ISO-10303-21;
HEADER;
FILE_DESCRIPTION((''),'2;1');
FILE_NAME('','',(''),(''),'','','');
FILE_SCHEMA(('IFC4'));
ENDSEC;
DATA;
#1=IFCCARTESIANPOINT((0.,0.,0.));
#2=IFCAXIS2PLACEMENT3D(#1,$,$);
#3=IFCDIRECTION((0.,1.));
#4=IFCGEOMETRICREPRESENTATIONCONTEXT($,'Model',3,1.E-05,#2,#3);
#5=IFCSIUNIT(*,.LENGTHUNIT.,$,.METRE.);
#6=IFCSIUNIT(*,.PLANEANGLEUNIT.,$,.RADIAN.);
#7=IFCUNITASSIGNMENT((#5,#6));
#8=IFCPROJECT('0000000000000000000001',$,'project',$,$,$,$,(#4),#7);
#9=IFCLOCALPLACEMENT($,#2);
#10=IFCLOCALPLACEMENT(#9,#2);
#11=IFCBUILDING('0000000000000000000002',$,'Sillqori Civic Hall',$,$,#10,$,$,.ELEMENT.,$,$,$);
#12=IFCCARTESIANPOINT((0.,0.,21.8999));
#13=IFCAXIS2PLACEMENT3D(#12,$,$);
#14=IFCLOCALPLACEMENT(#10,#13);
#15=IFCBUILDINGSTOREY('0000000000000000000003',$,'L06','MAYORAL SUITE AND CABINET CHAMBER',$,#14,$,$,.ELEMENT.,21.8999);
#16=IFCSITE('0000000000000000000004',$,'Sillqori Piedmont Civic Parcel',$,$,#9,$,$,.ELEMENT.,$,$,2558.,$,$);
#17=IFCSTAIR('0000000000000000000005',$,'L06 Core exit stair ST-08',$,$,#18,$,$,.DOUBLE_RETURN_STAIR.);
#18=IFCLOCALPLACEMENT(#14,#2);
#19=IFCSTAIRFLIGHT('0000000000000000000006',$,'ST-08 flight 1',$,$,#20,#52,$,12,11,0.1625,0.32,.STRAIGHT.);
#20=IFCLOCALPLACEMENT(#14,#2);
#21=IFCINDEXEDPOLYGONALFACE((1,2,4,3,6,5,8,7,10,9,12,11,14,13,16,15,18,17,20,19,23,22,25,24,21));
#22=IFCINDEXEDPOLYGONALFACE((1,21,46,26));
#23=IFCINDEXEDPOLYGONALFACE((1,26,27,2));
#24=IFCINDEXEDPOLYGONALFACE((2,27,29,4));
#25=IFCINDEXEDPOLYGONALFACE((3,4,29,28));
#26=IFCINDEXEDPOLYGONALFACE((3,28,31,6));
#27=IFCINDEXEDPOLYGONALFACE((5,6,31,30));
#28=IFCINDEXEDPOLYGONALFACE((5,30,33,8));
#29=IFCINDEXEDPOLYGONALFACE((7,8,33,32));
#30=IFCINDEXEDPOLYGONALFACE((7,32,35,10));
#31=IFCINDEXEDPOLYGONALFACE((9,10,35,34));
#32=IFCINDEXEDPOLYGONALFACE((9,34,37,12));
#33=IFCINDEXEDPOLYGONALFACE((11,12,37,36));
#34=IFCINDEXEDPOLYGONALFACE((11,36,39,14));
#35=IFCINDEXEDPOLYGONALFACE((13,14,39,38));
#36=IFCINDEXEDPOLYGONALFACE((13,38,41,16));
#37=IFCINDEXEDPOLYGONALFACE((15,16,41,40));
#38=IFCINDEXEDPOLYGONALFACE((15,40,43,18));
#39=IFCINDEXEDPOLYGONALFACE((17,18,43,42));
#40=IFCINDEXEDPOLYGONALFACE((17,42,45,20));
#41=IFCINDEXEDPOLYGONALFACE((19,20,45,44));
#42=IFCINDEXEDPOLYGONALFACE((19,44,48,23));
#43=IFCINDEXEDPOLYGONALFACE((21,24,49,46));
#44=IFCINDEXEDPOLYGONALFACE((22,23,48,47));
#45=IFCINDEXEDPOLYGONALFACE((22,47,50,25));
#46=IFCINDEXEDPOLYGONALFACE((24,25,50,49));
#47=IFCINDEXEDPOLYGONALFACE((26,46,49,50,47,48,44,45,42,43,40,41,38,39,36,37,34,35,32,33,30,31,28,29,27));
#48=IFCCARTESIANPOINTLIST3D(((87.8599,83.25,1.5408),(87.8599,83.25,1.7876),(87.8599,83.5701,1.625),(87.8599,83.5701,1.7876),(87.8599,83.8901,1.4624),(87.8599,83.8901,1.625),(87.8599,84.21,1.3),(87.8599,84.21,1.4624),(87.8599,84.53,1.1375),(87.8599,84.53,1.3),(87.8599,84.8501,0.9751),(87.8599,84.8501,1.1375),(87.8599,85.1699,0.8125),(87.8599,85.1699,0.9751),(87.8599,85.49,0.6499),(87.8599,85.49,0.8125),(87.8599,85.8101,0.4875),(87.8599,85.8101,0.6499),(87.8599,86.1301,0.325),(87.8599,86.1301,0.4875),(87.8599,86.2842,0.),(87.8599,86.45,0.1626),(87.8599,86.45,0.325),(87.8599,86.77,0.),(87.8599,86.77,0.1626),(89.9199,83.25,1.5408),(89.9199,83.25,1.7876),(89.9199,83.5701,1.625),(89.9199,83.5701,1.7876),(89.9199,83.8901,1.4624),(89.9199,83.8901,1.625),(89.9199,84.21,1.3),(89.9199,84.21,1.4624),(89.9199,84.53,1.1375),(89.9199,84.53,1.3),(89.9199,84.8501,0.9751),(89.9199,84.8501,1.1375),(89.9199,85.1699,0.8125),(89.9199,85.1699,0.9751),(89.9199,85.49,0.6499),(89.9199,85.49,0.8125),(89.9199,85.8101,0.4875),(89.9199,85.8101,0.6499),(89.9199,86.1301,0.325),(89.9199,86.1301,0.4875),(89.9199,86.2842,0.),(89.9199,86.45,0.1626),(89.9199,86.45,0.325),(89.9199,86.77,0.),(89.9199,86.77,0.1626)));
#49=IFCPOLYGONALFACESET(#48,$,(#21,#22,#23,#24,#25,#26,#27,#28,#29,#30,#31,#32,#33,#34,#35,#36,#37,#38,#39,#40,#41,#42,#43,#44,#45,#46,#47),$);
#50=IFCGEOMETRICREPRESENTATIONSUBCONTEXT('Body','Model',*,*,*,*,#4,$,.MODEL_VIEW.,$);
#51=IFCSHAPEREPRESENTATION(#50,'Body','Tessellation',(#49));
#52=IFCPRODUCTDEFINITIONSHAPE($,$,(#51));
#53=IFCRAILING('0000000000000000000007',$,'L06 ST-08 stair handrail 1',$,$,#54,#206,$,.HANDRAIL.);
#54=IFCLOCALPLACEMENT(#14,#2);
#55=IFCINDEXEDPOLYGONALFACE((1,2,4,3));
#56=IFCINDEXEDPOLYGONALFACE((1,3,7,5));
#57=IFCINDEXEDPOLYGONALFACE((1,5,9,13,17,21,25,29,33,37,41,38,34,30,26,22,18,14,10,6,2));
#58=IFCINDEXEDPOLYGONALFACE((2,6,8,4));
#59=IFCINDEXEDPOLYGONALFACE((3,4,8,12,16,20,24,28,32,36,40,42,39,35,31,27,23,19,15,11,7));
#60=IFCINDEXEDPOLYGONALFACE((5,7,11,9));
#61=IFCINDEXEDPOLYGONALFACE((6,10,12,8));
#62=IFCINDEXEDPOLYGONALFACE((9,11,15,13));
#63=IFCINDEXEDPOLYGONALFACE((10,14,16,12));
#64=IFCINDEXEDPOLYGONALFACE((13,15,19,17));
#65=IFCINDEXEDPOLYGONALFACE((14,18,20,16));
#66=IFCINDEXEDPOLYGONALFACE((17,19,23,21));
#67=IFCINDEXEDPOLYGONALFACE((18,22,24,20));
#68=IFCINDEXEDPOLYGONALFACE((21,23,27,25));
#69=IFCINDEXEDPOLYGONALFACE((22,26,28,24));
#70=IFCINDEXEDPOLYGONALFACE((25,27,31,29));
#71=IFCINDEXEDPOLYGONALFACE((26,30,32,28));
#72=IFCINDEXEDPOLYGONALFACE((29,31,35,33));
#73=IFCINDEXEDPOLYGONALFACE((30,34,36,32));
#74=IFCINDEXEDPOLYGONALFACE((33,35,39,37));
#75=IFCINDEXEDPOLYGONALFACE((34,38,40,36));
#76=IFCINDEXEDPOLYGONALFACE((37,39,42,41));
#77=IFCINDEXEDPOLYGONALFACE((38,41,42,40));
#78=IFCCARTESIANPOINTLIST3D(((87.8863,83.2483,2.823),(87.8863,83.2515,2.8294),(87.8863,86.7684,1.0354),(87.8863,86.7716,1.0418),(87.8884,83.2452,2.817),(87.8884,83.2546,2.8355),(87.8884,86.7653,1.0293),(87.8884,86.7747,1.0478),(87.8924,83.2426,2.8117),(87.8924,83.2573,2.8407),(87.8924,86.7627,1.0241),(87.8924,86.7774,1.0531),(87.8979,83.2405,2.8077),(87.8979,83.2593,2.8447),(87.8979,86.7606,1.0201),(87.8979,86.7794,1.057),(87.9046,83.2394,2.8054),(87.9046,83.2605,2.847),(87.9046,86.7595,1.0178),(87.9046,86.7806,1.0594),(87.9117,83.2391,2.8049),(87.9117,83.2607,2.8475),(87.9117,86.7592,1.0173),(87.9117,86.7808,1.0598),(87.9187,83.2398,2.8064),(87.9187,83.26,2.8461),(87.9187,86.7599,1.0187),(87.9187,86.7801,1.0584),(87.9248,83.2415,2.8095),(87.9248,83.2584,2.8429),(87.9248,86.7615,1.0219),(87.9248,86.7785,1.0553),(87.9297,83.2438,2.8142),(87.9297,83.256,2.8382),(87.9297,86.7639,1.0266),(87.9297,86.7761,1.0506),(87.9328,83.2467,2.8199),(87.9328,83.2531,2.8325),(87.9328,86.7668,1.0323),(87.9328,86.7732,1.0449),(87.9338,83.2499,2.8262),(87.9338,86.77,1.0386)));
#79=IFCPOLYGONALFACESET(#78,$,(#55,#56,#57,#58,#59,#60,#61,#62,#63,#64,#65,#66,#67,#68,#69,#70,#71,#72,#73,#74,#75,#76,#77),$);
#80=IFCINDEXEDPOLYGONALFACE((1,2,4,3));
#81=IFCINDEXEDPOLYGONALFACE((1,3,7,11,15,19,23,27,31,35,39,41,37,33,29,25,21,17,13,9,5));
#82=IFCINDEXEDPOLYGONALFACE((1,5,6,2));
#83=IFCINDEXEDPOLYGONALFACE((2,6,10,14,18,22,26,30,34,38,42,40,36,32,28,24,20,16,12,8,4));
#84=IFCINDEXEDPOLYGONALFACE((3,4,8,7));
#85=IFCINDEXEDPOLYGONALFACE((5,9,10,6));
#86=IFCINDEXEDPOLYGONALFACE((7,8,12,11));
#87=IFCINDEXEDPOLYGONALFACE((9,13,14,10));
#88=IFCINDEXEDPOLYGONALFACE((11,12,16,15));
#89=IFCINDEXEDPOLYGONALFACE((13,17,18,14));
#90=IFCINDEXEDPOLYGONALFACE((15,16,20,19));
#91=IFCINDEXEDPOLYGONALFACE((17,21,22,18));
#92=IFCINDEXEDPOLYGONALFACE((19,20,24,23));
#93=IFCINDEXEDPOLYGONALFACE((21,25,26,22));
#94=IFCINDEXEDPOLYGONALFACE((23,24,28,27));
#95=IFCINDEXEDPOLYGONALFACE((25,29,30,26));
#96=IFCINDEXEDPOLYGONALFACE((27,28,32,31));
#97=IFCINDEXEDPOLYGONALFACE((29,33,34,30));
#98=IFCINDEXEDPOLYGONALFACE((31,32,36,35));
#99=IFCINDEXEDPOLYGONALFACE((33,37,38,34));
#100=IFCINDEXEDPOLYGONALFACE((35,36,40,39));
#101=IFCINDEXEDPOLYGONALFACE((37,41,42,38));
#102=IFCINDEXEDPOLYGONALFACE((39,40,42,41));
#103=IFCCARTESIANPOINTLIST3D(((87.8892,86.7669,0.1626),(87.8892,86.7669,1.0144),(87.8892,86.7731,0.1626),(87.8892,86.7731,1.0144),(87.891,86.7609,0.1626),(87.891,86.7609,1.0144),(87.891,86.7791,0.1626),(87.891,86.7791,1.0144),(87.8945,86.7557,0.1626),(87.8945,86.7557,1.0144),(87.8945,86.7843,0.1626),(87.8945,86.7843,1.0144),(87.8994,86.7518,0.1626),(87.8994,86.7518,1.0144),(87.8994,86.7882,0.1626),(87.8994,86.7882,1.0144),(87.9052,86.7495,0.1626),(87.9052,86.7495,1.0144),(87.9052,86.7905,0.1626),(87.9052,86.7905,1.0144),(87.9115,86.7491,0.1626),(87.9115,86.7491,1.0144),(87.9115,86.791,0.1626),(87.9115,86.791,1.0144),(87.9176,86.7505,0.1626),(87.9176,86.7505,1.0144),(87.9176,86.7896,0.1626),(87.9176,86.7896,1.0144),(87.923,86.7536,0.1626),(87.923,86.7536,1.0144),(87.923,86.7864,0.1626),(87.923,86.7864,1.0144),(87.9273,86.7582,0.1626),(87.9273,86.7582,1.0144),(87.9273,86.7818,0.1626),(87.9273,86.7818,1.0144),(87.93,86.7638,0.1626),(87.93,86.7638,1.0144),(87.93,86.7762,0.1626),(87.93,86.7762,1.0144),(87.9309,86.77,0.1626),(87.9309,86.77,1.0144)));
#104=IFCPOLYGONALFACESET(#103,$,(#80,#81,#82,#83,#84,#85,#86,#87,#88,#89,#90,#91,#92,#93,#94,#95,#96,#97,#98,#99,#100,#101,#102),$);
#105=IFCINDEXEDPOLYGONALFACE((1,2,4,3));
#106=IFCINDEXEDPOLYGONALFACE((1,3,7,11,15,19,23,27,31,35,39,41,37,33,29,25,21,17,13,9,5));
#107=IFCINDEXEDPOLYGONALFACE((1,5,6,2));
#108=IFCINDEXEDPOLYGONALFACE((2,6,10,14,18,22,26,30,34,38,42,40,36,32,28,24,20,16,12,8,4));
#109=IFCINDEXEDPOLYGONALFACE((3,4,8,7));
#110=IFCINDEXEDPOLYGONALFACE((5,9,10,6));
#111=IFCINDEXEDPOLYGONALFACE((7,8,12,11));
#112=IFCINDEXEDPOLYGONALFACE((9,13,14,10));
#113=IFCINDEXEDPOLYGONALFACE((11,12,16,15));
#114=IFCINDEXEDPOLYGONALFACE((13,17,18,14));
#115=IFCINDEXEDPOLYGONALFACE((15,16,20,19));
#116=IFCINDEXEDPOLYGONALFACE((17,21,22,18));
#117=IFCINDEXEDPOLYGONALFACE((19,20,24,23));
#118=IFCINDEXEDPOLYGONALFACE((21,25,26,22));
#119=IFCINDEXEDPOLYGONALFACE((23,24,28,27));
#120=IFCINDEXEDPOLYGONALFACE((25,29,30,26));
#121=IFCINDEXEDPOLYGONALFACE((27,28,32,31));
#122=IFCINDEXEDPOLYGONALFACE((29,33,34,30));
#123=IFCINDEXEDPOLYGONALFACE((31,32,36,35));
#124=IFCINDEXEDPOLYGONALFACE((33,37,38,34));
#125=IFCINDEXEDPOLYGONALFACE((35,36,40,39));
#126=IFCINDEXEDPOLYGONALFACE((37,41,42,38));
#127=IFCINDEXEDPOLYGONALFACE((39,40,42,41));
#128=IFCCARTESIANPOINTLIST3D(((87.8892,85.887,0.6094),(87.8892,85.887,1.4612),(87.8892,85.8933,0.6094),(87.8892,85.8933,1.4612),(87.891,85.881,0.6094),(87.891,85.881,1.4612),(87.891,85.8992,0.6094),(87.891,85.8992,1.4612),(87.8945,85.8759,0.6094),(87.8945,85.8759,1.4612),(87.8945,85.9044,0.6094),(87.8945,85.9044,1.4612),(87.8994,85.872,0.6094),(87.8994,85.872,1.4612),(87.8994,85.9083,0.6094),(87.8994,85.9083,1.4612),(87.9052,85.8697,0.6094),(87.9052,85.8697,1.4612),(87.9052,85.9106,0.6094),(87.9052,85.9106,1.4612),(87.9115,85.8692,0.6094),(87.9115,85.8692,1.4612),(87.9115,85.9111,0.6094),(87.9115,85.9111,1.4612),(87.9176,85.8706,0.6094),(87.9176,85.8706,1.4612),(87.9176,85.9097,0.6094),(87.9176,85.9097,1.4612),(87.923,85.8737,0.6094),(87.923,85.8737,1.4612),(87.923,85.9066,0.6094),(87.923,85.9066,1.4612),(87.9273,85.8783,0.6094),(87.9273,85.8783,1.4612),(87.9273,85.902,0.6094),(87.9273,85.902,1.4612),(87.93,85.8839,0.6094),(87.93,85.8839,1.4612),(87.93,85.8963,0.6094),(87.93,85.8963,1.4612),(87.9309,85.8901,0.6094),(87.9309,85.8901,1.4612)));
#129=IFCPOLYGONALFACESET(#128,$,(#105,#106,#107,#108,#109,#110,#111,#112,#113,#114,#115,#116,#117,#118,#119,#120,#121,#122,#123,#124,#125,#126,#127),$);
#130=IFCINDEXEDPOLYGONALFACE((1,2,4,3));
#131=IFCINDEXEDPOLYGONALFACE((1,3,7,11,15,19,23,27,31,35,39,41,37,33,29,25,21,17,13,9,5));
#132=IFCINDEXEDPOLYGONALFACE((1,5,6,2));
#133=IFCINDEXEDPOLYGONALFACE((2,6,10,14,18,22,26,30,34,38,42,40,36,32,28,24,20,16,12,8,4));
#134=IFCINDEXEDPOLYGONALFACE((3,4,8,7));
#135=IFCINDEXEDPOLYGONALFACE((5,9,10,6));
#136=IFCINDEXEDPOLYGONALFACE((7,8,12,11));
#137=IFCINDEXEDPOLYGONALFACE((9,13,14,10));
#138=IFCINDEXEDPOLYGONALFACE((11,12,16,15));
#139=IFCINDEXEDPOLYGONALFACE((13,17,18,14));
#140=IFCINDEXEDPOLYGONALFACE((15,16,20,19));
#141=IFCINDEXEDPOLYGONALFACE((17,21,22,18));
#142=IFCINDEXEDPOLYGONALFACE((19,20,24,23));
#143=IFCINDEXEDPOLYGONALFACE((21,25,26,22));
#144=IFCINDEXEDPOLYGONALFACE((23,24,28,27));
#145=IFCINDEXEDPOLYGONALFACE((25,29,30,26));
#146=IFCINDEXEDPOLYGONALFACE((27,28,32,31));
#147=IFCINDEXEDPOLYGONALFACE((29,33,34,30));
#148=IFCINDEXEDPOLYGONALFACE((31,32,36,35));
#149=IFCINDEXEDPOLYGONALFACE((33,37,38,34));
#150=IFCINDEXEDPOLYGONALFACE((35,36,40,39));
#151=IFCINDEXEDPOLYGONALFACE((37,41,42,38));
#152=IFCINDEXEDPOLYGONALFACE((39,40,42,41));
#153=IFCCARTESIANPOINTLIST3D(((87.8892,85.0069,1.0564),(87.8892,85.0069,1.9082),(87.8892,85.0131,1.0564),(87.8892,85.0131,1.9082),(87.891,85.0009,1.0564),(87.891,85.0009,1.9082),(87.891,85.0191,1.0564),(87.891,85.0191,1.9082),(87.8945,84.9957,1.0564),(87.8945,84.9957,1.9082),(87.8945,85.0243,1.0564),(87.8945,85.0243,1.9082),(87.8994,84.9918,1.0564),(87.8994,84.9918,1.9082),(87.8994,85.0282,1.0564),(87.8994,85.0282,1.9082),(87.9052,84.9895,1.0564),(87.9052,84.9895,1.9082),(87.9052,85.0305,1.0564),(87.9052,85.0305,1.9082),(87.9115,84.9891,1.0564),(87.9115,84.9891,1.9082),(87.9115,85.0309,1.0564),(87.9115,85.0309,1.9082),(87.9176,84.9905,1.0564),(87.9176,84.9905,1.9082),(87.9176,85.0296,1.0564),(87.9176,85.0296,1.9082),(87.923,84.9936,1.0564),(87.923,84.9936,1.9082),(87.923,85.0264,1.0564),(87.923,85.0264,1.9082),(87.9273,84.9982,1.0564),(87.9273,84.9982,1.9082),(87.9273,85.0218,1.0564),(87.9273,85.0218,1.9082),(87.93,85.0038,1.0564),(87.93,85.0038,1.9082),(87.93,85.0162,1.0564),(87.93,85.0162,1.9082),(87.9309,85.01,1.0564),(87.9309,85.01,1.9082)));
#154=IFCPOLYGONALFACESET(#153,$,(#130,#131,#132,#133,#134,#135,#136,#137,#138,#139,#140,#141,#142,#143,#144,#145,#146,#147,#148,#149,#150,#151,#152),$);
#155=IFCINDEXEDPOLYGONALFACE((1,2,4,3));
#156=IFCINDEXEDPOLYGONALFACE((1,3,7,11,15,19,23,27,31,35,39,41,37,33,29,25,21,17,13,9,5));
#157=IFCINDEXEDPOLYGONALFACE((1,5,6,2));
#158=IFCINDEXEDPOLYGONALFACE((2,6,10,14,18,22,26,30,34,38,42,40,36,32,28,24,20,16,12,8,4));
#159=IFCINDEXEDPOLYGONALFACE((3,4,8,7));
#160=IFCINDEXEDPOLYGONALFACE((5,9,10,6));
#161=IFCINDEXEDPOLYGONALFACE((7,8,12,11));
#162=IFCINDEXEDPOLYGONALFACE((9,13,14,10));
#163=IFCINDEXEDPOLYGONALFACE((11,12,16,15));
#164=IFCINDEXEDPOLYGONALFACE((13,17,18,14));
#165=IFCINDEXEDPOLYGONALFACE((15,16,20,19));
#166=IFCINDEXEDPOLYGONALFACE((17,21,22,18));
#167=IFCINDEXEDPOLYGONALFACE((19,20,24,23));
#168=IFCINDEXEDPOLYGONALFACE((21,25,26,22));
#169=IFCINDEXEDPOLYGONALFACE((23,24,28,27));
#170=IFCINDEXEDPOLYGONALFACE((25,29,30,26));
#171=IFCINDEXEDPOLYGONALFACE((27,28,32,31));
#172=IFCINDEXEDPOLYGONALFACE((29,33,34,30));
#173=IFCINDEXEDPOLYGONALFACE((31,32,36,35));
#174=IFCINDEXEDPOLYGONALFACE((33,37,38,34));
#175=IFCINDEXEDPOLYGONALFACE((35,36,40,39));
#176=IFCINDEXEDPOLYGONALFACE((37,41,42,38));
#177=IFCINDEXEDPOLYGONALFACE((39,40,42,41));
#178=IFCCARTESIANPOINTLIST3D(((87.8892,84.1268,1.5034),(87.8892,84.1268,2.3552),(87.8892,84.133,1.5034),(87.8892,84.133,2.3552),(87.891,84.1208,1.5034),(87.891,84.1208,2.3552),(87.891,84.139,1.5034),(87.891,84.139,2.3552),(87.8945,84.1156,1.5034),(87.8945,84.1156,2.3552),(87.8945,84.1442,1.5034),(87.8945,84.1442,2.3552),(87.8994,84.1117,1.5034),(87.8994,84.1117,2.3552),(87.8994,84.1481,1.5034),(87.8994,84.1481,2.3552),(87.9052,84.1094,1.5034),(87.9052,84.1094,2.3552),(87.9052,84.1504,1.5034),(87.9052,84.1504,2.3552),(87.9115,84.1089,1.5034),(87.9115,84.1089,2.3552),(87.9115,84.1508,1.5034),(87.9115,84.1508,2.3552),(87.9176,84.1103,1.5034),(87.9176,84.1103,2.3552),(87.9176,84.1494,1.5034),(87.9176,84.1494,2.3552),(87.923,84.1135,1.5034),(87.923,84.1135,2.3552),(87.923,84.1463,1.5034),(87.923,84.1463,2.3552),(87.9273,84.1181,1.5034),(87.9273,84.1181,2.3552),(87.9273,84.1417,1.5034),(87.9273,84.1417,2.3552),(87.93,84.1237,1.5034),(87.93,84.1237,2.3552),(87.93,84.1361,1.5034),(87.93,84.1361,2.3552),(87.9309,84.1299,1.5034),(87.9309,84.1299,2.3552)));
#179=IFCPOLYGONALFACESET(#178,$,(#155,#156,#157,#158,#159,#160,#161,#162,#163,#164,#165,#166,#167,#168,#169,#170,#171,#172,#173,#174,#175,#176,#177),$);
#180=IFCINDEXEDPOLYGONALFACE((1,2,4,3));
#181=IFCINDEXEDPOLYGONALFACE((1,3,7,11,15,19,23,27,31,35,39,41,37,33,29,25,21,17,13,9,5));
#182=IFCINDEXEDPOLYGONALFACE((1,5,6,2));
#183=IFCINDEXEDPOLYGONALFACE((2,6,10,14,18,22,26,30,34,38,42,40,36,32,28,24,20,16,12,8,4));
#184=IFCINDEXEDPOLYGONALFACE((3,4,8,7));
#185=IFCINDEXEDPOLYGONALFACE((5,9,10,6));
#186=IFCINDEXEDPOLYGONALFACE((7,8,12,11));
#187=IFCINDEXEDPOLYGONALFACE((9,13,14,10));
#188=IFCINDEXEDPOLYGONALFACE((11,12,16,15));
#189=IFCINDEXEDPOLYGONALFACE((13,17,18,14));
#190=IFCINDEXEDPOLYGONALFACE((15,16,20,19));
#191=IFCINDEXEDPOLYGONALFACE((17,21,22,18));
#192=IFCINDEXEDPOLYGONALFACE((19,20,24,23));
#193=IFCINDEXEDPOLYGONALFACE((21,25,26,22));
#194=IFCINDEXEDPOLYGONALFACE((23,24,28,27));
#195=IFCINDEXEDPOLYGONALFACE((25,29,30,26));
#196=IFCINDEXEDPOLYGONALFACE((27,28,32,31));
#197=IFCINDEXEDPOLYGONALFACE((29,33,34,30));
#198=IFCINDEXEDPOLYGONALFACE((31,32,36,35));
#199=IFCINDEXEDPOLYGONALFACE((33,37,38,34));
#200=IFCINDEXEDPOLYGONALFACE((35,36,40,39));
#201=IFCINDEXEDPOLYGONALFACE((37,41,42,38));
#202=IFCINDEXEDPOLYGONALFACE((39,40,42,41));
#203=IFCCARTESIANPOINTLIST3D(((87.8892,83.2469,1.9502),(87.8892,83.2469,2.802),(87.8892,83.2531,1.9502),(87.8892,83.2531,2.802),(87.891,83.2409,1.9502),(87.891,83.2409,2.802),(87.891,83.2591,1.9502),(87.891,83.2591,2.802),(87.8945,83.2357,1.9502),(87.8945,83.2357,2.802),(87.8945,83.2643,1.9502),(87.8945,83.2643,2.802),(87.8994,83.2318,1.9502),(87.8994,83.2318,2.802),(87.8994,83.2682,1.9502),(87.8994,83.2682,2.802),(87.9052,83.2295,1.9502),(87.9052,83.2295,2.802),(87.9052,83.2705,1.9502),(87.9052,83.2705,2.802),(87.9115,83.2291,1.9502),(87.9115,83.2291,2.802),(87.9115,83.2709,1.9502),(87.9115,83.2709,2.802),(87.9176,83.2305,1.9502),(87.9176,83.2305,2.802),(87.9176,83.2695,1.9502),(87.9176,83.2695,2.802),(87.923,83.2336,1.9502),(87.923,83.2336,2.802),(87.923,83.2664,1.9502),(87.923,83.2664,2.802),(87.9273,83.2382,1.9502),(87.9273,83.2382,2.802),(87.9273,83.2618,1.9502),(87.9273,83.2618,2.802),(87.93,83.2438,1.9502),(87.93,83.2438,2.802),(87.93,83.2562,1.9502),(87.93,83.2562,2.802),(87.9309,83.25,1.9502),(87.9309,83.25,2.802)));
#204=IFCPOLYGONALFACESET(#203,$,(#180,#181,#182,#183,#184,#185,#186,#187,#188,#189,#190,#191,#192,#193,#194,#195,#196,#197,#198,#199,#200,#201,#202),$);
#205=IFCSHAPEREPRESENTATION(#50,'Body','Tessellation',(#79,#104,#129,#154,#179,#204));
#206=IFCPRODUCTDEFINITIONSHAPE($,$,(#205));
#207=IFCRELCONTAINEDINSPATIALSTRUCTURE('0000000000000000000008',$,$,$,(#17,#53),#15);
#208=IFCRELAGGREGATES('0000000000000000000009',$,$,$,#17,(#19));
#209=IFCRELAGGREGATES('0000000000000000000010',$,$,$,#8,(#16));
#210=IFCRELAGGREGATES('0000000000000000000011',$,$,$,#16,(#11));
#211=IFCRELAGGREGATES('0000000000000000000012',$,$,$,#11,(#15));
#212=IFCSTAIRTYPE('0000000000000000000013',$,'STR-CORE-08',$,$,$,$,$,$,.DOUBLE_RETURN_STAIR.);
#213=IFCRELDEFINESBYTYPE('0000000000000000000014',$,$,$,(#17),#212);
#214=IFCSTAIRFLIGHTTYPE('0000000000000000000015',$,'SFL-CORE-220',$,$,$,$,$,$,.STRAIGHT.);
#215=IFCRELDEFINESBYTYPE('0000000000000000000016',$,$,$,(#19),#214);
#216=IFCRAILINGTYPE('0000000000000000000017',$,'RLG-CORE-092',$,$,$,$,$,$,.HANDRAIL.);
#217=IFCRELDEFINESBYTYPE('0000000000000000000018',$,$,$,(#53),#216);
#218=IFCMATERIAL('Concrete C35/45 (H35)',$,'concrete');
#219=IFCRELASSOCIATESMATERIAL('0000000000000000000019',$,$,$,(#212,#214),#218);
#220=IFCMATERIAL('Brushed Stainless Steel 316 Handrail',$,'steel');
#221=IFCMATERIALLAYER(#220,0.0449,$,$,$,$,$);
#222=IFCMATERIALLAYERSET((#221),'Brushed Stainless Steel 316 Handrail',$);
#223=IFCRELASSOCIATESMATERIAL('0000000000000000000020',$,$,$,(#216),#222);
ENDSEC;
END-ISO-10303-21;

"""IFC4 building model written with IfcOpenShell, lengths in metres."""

from ifc_helpers import new_model, si_unit, direction, frame, origin, origin_2d, place, context, subcontext, project, spatial, polyline, circle, outline, extrude, material, layer, layer_set, type_object, element, aggregate, save


model = new_model("IFC4")

# Units and contexts
model_context = context("Model", 3, precision=1e-05, world=origin(), true_north=direction((0.0, 1.0)))
body_context = subcontext(model_context, "Body", "Model", "MODEL_VIEW")
ifc_project = project(units=[si_unit("LENGTHUNIT", "METRE"), si_unit("PLANEANGLEUNIT", "RADIAN")], contexts=[model_context])

# Site, building, storey
site_placement = place(None, origin())
site = spatial("IfcSite", under=ifc_project, at=site_placement, Name="Sillqori Piedmont Civic Parcel", CompositionType="ELEMENT", RefElevation=2558.0)
building_placement = place(site_placement, origin())
building = spatial("IfcBuilding", under=site, at=building_placement, Name="Sillqori Civic Hall", CompositionType="ELEMENT")
storey_placement = place(building_placement, frame((0.0, 0.0, 21.8999)))
storey = spatial("IfcBuildingStorey", under=building, at=storey_placement, Name="L06", Description="MAYORAL SUITE AND CABINET CHAMBER", CompositionType="ELEMENT", Elevation=21.8999)

# Shared definitions
ifc_material_1 = material(Name="Concrete C35/45 (H35)", Category="concrete")

# Stair, stair flight
stair_type = type_object("IfcStairType", Name="STR-CORE-08", PredefinedType="DOUBLE_RETURN_STAIR", material=ifc_material_1)
stair_placement = place(storey_placement, origin())
stair = element("IfcStair", 1, at=stair_placement, inside=storey, type_object=stair_type, Name="L06 Core exit stair ST-08", PredefinedType="DOUBLE_RETURN_STAIR")
stair_flight_type = type_object("IfcStairFlightType", Name="SFL-CORE-220", PredefinedType="STRAIGHT", material=ifc_material_1)
stair_flight_placement = place(storey_placement, frame((88.8899, 86.77, 0.0), z_axis=(0.0, 0.0, 1.0), x_axis=(0.0, -1.0, 0.0)))
stair_flight = element("IfcStairFlight", 2, at=stair_flight_placement, type_object=stair_flight_type, Name="ST-08 flight 1", NumberOfRisers=12, NumberOfTreads=11, PredefinedType="STRAIGHT", RiserHeight=0.1625, TreadLength=0.32, context=body_context, shape_type="SweptSolid", body=[
    extrude(outline(polyline([(0.0, 0.0), (0.0, 0.1626), (0.3201, 0.1626), (0.3201, 0.325), (0.6399, 0.325), (0.6399, 0.4875), (0.96, 0.4875), (0.96, 0.6499), (1.28, 0.6499), (1.28, 0.8125), (1.6001, 0.8125), (1.6001, 0.9751), (1.9199, 0.9751), (1.9199, 1.1375), (2.24, 1.1375), (2.24, 1.3), (2.5601, 1.3), (2.5601, 1.4624), (2.8799, 1.4624), (2.8799, 1.625), (3.2, 1.625), (3.2, 1.7876), (3.52, 1.7876), (3.52, 1.95), (3.52, 1.5408), (0.4858, 0.0), (0.0, 0.0)])), frame((0.0, 1.03, 0.0), z_axis=(0.0, -1.0, 0.0), x_axis=(1.0, 0.0, 0.0)), (0.0, 0.0, 1.0), 2.0601),
])
aggregate(stair, [stair_flight])

# Railing
ifc_material_2 = material(Name="Brushed Stainless Steel 316 Handrail", Category="steel")
ifc_layer_1 = layer(ifc_material_2, 0.0449)
ifc_layer_set_1 = layer_set([ifc_layer_1], Name="Brushed Stainless Steel 316 Handrail")
railing_type_1 = type_object("IfcRailingType", Name="RLG-CORE-092", PredefinedType="HANDRAIL", material=ifc_layer_set_1)
railing_1_placement = place(storey_placement, frame((87.9099, 86.77, 0.1626)))
element("IfcRailing", 3, at=railing_1_placement, inside=storey, type_object=railing_type_1, Name="L06 ST-08 stair handrail 1", PredefinedType="HANDRAIL", context=body_context, shape_type="SweptSolid", body=[
    extrude(circle(Radius=0.0239, at=origin_2d()), frame((0.0, 0.0, 0.876), z_axis=(0.0, -0.891615, 0.452795), x_axis=(1.0, 0.0, 0.0)), (0.0, 0.0, 1.0), 3.948),
    extrude(circle(Radius=0.021, at=origin_2d()), origin(), (0.0, 0.0, 1.0), 0.8518),
    extrude(circle(Radius=0.021, at=origin_2d()), frame((0.0, -0.8799, 0.4468)), (0.0, 0.0, 1.0), 0.8518),
    extrude(circle(Radius=0.021, at=origin_2d()), frame((0.0, -1.76, 0.8938)), (0.0, 0.0, 1.0), 0.8518),
    extrude(circle(Radius=0.021, at=origin_2d()), frame((0.0, -2.6401, 1.3408)), (0.0, 0.0, 1.0), 0.8518),
    extrude(circle(Radius=0.021, at=origin_2d()), frame((0.0, -3.52, 1.7876)), (0.0, 0.0, 1.0), 0.8518),
])

save(model, "model.ifc")
